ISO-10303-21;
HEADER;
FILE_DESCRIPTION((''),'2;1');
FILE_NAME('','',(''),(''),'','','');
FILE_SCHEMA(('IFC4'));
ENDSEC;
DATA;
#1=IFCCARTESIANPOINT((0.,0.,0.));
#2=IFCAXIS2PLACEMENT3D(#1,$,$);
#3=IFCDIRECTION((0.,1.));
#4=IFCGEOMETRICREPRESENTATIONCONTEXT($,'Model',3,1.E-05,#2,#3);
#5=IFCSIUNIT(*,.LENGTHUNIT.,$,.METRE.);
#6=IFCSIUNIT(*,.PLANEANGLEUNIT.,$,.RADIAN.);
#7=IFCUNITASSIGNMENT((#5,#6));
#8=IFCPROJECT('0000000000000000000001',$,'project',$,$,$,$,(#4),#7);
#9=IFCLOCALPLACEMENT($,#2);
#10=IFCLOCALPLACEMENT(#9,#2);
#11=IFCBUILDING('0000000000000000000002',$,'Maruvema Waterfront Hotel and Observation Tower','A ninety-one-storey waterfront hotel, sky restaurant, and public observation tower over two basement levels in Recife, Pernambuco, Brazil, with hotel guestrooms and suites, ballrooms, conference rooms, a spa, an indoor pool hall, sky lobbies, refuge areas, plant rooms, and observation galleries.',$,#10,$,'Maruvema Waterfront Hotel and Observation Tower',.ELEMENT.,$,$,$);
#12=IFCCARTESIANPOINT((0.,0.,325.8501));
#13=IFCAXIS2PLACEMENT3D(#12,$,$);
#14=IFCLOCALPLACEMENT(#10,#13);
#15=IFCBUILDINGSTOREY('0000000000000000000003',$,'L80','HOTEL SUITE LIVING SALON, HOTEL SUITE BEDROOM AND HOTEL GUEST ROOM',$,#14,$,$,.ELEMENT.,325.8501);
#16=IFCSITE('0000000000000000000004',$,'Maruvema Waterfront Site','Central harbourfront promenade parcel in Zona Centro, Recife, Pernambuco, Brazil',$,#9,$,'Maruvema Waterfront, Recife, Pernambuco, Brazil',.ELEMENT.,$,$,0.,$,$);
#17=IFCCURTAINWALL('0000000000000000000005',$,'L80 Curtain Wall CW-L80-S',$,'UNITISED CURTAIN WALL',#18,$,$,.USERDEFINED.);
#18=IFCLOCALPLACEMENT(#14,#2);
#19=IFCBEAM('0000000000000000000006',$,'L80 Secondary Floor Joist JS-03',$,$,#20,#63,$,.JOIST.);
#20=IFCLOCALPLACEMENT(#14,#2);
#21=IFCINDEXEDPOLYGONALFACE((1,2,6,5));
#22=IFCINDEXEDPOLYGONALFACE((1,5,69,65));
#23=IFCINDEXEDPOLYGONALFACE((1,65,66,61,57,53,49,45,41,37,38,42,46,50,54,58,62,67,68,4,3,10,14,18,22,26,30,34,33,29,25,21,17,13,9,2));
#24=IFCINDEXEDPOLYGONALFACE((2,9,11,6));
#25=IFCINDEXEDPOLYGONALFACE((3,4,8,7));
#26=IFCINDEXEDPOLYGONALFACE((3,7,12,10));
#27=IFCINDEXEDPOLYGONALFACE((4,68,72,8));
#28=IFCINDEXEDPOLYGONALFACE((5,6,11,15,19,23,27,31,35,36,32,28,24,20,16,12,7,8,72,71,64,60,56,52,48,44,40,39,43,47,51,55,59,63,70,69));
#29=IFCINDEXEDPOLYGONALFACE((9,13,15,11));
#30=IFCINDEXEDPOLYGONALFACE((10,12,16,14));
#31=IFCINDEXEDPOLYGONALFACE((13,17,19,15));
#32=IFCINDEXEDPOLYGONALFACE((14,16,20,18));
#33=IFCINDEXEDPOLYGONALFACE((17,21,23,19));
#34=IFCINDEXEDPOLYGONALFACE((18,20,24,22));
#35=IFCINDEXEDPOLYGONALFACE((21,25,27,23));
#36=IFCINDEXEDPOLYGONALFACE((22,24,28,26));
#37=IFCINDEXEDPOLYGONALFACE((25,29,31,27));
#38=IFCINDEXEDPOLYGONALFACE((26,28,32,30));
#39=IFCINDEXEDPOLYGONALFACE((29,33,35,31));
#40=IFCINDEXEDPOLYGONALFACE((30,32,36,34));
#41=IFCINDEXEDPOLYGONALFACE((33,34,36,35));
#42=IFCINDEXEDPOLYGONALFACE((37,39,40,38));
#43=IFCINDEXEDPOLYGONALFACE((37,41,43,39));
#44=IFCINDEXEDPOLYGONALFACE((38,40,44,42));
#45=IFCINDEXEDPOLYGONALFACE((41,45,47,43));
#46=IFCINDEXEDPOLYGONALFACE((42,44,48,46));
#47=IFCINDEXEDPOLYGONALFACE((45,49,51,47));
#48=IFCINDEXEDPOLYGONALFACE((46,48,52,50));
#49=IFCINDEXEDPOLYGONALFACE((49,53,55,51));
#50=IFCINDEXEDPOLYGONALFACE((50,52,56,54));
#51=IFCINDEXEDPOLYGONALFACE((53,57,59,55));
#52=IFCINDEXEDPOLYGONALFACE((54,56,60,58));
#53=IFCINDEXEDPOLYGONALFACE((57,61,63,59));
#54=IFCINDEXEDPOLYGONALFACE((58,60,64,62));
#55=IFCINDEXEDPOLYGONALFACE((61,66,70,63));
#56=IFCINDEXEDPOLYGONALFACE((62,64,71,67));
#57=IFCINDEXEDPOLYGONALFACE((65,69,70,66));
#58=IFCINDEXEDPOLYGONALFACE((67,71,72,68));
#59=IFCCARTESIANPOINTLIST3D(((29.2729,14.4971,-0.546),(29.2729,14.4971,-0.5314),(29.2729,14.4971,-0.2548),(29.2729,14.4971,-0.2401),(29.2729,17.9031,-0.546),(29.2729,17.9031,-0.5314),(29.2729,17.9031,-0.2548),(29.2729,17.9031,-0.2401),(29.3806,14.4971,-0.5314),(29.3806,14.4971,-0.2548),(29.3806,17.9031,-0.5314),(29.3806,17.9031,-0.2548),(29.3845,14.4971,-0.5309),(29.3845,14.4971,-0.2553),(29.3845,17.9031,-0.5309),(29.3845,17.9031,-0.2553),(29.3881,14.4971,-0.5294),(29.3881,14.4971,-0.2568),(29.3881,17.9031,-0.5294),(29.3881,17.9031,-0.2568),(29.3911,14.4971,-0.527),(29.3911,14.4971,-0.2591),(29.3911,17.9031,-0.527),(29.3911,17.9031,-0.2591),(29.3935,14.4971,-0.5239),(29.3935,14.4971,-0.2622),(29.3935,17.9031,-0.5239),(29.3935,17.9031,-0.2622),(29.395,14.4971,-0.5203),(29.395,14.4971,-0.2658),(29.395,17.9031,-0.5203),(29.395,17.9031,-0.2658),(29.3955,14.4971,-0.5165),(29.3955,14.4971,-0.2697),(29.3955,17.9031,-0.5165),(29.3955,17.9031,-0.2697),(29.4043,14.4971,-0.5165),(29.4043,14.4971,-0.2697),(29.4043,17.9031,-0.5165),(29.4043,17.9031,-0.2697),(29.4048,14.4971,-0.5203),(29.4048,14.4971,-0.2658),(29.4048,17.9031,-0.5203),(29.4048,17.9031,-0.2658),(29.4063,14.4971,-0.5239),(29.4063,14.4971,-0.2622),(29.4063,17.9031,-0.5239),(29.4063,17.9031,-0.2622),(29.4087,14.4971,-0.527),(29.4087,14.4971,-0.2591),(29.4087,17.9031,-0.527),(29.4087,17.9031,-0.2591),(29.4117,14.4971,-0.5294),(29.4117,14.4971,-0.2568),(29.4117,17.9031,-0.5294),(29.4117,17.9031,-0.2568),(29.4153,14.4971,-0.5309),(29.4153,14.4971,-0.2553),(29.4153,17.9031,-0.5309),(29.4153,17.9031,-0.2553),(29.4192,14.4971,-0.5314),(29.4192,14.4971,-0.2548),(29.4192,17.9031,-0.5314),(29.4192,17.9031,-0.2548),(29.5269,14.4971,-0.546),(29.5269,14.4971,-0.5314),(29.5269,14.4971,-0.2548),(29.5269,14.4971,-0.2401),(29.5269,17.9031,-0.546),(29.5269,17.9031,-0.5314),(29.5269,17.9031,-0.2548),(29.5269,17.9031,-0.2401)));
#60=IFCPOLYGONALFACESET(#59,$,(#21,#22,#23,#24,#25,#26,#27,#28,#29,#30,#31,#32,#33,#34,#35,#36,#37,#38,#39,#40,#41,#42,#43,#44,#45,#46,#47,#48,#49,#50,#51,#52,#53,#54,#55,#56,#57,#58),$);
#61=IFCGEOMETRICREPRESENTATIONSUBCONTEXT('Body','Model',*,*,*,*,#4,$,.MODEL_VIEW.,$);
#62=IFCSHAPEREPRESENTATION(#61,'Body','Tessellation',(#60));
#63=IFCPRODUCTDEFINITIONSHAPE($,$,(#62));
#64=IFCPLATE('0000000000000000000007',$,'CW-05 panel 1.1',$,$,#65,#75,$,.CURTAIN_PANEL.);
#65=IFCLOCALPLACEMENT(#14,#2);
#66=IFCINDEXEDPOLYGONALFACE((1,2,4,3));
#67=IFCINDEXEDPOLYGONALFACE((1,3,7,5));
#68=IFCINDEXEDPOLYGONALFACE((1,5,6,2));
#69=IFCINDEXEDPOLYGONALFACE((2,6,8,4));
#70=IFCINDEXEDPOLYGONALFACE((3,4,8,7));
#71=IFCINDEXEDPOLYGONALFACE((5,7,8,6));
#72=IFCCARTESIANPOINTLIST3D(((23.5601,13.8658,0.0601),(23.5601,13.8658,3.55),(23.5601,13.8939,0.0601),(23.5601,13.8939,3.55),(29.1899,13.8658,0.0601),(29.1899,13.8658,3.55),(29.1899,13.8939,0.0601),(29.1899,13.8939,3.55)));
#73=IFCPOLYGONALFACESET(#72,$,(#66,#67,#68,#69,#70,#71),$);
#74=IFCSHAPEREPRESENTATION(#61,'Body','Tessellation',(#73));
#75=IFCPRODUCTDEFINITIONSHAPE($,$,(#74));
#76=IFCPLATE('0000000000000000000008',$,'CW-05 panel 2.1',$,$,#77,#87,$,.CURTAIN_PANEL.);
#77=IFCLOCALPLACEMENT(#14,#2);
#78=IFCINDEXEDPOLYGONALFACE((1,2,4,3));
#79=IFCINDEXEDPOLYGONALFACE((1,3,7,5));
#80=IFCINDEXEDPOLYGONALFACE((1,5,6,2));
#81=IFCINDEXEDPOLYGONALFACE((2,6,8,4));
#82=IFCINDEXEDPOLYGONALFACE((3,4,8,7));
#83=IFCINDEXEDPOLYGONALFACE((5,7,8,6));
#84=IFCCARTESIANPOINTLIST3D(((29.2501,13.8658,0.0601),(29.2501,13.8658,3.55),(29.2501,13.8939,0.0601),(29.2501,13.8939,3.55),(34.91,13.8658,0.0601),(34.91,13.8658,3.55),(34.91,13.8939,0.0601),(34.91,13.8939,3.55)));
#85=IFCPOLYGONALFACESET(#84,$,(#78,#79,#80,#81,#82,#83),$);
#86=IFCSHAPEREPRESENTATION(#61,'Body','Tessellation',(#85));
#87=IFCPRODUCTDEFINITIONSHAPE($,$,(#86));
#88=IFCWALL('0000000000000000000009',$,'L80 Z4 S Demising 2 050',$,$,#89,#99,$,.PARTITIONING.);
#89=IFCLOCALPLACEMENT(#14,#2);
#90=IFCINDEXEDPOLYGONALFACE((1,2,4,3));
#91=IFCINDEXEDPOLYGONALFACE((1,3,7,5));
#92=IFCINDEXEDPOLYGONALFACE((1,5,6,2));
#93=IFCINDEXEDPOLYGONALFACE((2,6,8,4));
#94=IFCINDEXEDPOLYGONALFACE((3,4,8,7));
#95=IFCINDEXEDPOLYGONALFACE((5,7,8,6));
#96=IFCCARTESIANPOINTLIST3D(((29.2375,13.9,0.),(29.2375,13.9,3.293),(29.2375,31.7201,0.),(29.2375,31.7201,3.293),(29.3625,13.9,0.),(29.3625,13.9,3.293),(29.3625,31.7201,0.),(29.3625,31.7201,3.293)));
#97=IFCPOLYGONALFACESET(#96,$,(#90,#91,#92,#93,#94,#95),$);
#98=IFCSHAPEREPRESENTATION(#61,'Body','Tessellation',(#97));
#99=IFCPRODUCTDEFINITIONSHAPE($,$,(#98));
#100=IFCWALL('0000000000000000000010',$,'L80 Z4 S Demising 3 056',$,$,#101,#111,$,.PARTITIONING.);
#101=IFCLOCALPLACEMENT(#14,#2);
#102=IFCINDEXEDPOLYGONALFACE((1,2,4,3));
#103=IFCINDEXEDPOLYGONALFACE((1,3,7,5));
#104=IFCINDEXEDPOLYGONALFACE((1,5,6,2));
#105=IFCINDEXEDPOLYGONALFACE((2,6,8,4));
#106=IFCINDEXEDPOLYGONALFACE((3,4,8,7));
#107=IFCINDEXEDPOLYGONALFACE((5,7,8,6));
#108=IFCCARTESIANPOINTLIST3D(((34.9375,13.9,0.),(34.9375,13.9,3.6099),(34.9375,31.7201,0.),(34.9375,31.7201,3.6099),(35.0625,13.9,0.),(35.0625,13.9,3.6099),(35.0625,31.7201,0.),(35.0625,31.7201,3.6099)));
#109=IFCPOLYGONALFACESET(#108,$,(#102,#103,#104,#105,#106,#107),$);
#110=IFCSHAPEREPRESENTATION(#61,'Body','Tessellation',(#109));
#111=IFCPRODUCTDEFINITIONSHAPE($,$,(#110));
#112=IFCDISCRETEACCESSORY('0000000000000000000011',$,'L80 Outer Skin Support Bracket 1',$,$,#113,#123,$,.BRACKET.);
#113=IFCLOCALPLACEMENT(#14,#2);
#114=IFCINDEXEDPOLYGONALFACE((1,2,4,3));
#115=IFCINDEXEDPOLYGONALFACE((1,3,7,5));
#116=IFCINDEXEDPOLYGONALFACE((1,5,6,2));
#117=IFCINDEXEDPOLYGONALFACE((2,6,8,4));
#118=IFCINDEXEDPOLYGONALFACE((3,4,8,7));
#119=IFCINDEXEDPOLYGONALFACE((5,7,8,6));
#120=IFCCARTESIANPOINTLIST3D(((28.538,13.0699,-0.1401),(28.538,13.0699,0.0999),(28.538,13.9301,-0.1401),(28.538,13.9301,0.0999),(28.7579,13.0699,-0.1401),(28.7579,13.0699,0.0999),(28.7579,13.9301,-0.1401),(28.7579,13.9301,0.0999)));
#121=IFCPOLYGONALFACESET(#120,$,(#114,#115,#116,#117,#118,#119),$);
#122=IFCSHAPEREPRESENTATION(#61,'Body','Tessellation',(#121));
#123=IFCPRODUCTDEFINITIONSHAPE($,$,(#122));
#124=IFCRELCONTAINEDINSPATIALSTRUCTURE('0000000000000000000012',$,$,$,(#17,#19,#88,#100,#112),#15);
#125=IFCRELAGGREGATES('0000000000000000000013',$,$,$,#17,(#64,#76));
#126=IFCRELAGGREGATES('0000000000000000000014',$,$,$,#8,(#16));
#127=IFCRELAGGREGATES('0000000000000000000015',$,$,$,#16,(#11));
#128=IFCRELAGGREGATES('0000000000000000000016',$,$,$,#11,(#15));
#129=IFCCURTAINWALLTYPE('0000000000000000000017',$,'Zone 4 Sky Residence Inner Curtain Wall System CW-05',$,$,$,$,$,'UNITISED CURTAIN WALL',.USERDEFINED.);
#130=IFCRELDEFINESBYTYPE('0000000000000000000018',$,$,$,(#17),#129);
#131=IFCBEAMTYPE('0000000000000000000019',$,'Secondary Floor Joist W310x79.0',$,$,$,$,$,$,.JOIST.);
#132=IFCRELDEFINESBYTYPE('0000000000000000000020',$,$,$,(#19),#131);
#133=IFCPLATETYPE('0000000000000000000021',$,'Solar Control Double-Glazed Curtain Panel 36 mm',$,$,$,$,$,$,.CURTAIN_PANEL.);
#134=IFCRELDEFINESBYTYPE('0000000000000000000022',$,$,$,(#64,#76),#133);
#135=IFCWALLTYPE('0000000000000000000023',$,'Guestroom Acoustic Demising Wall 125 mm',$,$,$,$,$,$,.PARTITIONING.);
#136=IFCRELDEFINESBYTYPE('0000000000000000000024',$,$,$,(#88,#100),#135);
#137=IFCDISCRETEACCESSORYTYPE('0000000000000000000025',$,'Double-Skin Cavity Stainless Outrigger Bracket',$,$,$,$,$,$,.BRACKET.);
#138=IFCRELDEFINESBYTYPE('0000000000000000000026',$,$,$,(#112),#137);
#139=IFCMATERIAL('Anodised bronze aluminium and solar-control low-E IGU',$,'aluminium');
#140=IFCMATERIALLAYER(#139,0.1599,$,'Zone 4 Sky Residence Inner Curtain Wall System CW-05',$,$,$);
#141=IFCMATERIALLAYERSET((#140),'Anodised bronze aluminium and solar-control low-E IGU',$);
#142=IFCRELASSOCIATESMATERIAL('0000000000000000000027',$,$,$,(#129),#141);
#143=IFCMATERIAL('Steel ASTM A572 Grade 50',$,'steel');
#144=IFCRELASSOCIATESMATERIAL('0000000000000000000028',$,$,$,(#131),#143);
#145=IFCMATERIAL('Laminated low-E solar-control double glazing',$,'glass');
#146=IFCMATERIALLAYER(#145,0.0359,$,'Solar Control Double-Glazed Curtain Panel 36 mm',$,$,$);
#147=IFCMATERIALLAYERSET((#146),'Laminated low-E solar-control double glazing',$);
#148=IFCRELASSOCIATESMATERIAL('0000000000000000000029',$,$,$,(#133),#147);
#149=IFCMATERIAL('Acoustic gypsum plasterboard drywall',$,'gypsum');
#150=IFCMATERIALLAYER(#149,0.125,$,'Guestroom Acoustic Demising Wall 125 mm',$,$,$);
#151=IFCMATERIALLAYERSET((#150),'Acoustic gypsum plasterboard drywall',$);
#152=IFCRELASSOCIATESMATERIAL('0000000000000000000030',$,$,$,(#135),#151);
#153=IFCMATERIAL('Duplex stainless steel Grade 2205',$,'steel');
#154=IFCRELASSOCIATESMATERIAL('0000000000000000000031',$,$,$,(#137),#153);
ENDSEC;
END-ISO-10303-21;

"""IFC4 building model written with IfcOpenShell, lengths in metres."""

from ifc_helpers import new_model, si_unit, direction, frame, frame_2d, origin, origin_2d, place, context, subcontext, project, spatial, rectangle, i_section, extrude, material, layer, layer_set, material_profile, profile_set, type_object, element, aggregate, save


model = new_model("IFC4")

# Units and contexts
model_context = context("Model", 3, precision=1e-05, world=origin(), true_north=direction((0.0, 1.0)))
body_context = subcontext(model_context, "Body", "Model", "MODEL_VIEW")
ifc_project = project(units=[si_unit("LENGTHUNIT", "METRE"), si_unit("PLANEANGLEUNIT", "RADIAN")], contexts=[model_context])

# Site, building, storey
site_placement = place(None, origin())
site = spatial("IfcSite", under=ifc_project, at=site_placement, Name="Maruvema Waterfront Site", Description="Central harbourfront promenade parcel in Zona Centro, Recife, Pernambuco, Brazil", LongName="Maruvema Waterfront, Recife, Pernambuco, Brazil", CompositionType="ELEMENT", RefElevation=0.0)
building_placement = place(site_placement, origin())
building = spatial("IfcBuilding", under=site, at=building_placement, Name="Maruvema Waterfront Hotel and Observation Tower", Description="A ninety-one-storey waterfront hotel, sky restaurant, and public observation tower over two basement levels in Recife, Pernambuco, Brazil, with hotel guestrooms and suites, ballrooms, conference rooms, a spa, an indoor pool hall, sky lobbies, refuge areas, plant rooms, and observation galleries.", LongName="Maruvema Waterfront Hotel and Observation Tower", CompositionType="ELEMENT")
storey_placement = place(building_placement, frame((0.0, 0.0, 325.8501)))
storey = spatial("IfcBuildingStorey", under=building, at=storey_placement, Name="L80", Description="HOTEL SUITE LIVING SALON, HOTEL SUITE BEDROOM AND HOTEL GUEST ROOM", CompositionType="ELEMENT", Elevation=325.8501)

# Curtain wall
ifc_material_1 = material(Name="Anodised bronze aluminium and solar-control low-E IGU", Category="aluminium")
ifc_layer_1 = layer(ifc_material_1, 0.1599, Name="Zone 4 Sky Residence Inner Curtain Wall System CW-05")
ifc_layer_set_1 = layer_set([ifc_layer_1], Name="Anodised bronze aluminium and solar-control low-E IGU")
curtain_wall_type = type_object("IfcCurtainWallType", Name="Zone 4 Sky Residence Inner Curtain Wall System CW-05", ElementType="UNITISED CURTAIN WALL", PredefinedType="USERDEFINED", material=ifc_layer_set_1)
curtain_wall_placement = place(storey_placement, origin())
curtain_wall = element("IfcCurtainWall", 1, at=curtain_wall_placement, inside=storey, type_object=curtain_wall_type, Name="L80 Curtain Wall CW-L80-S", ObjectType="UNITISED CURTAIN WALL", PredefinedType="USERDEFINED")

# Beam
ifc_material_2 = material(Name="Steel ASTM A572 Grade 50", Category="steel")
ifc_material_profile_1 = material_profile(ifc_material_2, i_section(OverallWidth=0.2539, OverallDepth=0.3059, WebThickness=0.0088, FlangeThickness=0.0146, FilletRadius=0.0149, at=origin_2d()), Name="W310x79.0")
ifc_profile_set_1 = profile_set([ifc_material_profile_1], Name="Steel ASTM A572 Grade 50")
beam_type_1 = type_object("IfcBeamType", Name="Secondary Floor Joist W310x79.0", PredefinedType="JOIST", material=ifc_profile_set_1)
beam_1_placement = place(storey_placement, frame((29.3999, 14.4971, -0.3931), z_axis=(0.0, 1.0, 0.0), x_axis=(-1.0, 0.0, 0.0)))
element("IfcBeam", 2, at=beam_1_placement, inside=storey, type_object=beam_type_1, Name="L80 Secondary Floor Joist JS-03", PredefinedType="JOIST", context=body_context, shape_type="SweptSolid", body=[
    extrude(i_section(OverallWidth=0.2539, OverallDepth=0.3059, WebThickness=0.0088, FlangeThickness=0.0146, FilletRadius=0.0149, at=origin_2d()), origin(), (0.0, 0.0, 1.0), 3.406),
])

# Plates
ifc_material_3 = material(Name="Laminated low-E solar-control double glazing", Category="glass")
ifc_layer_2 = layer(ifc_material_3, 0.0359, Name="Solar Control Double-Glazed Curtain Panel 36 mm")
ifc_layer_set_2 = layer_set([ifc_layer_2], Name="Laminated low-E solar-control double glazing")
plate_type = type_object("IfcPlateType", Name="Solar Control Double-Glazed Curtain Panel 36 mm", PredefinedType="CURTAIN_PANEL", material=ifc_layer_set_2)
plate_1_placement = place(storey_placement, frame((26.375, 13.8799, 0.0601), z_axis=(0.0, 0.0, 1.0), x_axis=(1.0, 0.0, 0.0)))
plate_1 = element("IfcPlate", 3, at=plate_1_placement, type_object=plate_type, Name="CW-05 panel 1.1", PredefinedType="CURTAIN_PANEL", context=body_context, shape_type="SweptSolid", body=[
    extrude(rectangle(XDim=5.6299, YDim=0.0281, at=origin_2d()), origin(), (0.0, 0.0, 1.0), 3.49),
])
plate_2_placement = place(storey_placement, frame((32.0801, 13.8799, 0.0601), z_axis=(0.0, 0.0, 1.0), x_axis=(1.0, 0.0, 0.0)))
plate_2 = element("IfcPlate", 4, at=plate_2_placement, type_object=plate_type, Name="CW-05 panel 2.1", PredefinedType="CURTAIN_PANEL", context=body_context, shape_type="SweptSolid", body=[
    extrude(rectangle(XDim=5.6599, YDim=0.0281, at=origin_2d()), origin(), (0.0, 0.0, 1.0), 3.49),
])
aggregate(curtain_wall, [plate_1, plate_2])

# Walls
ifc_material_4 = material(Name="Acoustic gypsum plasterboard drywall", Category="gypsum")
ifc_layer_3 = layer(ifc_material_4, 0.125, Name="Guestroom Acoustic Demising Wall 125 mm")
ifc_layer_set_3 = layer_set([ifc_layer_3], Name="Acoustic gypsum plasterboard drywall")
wall_type = type_object("IfcWallType", Name="Guestroom Acoustic Demising Wall 125 mm", PredefinedType="PARTITIONING", material=ifc_layer_set_3)
wall_1_placement = place(storey_placement, frame((29.3, 13.8999, 0.0), z_axis=(0.0, 0.0, 1.0), x_axis=(0.0, 1.0, 0.0)))
element("IfcWall", 5, at=wall_1_placement, inside=storey, type_object=wall_type, Name="L80 Z4 S Demising 2 050", PredefinedType="PARTITIONING", context=body_context, shape_type="SweptSolid", body=[
    extrude(rectangle(XDim=17.8201, YDim=0.125, at=frame_2d((8.9102, 0.0))), origin(), (0.0, 0.0, 1.0), 3.293),
])
wall_2_placement = place(storey_placement, frame((35.0, 13.8999, 0.0), z_axis=(0.0, 0.0, 1.0), x_axis=(0.0, 1.0, 0.0)))
element("IfcWall", 6, at=wall_2_placement, inside=storey, type_object=wall_type, Name="L80 Z4 S Demising 3 056", PredefinedType="PARTITIONING", context=body_context, shape_type="SweptSolid", body=[
    extrude(rectangle(XDim=17.8201, YDim=0.125, at=frame_2d((8.9102, 0.0))), origin(), (0.0, 0.0, 1.0), 3.6099),
])

# Discrete accessory
ifc_material_5 = material(Name="Duplex stainless steel Grade 2205", Category="steel")
discrete_accessory_type = type_object("IfcDiscreteAccessoryType", Name="Double-Skin Cavity Stainless Outrigger Bracket", PredefinedType="BRACKET", material=ifc_material_5)
discrete_accessory_placement = place(storey_placement, frame((28.6479, 13.5, -0.1401), z_axis=(0.0, 0.0, 1.0), x_axis=(1.0, 0.0, 0.0)))
element("IfcDiscreteAccessory", 7, at=discrete_accessory_placement, inside=storey, type_object=discrete_accessory_type, Name="L80 Outer Skin Support Bracket 1", PredefinedType="BRACKET", context=body_context, shape_type="SweptSolid", body=[
    extrude(rectangle(XDim=0.22, YDim=0.8601, at=origin_2d()), origin(), (0.0, 0.0, 1.0), 0.24),
])

save(model, "model.ifc")
